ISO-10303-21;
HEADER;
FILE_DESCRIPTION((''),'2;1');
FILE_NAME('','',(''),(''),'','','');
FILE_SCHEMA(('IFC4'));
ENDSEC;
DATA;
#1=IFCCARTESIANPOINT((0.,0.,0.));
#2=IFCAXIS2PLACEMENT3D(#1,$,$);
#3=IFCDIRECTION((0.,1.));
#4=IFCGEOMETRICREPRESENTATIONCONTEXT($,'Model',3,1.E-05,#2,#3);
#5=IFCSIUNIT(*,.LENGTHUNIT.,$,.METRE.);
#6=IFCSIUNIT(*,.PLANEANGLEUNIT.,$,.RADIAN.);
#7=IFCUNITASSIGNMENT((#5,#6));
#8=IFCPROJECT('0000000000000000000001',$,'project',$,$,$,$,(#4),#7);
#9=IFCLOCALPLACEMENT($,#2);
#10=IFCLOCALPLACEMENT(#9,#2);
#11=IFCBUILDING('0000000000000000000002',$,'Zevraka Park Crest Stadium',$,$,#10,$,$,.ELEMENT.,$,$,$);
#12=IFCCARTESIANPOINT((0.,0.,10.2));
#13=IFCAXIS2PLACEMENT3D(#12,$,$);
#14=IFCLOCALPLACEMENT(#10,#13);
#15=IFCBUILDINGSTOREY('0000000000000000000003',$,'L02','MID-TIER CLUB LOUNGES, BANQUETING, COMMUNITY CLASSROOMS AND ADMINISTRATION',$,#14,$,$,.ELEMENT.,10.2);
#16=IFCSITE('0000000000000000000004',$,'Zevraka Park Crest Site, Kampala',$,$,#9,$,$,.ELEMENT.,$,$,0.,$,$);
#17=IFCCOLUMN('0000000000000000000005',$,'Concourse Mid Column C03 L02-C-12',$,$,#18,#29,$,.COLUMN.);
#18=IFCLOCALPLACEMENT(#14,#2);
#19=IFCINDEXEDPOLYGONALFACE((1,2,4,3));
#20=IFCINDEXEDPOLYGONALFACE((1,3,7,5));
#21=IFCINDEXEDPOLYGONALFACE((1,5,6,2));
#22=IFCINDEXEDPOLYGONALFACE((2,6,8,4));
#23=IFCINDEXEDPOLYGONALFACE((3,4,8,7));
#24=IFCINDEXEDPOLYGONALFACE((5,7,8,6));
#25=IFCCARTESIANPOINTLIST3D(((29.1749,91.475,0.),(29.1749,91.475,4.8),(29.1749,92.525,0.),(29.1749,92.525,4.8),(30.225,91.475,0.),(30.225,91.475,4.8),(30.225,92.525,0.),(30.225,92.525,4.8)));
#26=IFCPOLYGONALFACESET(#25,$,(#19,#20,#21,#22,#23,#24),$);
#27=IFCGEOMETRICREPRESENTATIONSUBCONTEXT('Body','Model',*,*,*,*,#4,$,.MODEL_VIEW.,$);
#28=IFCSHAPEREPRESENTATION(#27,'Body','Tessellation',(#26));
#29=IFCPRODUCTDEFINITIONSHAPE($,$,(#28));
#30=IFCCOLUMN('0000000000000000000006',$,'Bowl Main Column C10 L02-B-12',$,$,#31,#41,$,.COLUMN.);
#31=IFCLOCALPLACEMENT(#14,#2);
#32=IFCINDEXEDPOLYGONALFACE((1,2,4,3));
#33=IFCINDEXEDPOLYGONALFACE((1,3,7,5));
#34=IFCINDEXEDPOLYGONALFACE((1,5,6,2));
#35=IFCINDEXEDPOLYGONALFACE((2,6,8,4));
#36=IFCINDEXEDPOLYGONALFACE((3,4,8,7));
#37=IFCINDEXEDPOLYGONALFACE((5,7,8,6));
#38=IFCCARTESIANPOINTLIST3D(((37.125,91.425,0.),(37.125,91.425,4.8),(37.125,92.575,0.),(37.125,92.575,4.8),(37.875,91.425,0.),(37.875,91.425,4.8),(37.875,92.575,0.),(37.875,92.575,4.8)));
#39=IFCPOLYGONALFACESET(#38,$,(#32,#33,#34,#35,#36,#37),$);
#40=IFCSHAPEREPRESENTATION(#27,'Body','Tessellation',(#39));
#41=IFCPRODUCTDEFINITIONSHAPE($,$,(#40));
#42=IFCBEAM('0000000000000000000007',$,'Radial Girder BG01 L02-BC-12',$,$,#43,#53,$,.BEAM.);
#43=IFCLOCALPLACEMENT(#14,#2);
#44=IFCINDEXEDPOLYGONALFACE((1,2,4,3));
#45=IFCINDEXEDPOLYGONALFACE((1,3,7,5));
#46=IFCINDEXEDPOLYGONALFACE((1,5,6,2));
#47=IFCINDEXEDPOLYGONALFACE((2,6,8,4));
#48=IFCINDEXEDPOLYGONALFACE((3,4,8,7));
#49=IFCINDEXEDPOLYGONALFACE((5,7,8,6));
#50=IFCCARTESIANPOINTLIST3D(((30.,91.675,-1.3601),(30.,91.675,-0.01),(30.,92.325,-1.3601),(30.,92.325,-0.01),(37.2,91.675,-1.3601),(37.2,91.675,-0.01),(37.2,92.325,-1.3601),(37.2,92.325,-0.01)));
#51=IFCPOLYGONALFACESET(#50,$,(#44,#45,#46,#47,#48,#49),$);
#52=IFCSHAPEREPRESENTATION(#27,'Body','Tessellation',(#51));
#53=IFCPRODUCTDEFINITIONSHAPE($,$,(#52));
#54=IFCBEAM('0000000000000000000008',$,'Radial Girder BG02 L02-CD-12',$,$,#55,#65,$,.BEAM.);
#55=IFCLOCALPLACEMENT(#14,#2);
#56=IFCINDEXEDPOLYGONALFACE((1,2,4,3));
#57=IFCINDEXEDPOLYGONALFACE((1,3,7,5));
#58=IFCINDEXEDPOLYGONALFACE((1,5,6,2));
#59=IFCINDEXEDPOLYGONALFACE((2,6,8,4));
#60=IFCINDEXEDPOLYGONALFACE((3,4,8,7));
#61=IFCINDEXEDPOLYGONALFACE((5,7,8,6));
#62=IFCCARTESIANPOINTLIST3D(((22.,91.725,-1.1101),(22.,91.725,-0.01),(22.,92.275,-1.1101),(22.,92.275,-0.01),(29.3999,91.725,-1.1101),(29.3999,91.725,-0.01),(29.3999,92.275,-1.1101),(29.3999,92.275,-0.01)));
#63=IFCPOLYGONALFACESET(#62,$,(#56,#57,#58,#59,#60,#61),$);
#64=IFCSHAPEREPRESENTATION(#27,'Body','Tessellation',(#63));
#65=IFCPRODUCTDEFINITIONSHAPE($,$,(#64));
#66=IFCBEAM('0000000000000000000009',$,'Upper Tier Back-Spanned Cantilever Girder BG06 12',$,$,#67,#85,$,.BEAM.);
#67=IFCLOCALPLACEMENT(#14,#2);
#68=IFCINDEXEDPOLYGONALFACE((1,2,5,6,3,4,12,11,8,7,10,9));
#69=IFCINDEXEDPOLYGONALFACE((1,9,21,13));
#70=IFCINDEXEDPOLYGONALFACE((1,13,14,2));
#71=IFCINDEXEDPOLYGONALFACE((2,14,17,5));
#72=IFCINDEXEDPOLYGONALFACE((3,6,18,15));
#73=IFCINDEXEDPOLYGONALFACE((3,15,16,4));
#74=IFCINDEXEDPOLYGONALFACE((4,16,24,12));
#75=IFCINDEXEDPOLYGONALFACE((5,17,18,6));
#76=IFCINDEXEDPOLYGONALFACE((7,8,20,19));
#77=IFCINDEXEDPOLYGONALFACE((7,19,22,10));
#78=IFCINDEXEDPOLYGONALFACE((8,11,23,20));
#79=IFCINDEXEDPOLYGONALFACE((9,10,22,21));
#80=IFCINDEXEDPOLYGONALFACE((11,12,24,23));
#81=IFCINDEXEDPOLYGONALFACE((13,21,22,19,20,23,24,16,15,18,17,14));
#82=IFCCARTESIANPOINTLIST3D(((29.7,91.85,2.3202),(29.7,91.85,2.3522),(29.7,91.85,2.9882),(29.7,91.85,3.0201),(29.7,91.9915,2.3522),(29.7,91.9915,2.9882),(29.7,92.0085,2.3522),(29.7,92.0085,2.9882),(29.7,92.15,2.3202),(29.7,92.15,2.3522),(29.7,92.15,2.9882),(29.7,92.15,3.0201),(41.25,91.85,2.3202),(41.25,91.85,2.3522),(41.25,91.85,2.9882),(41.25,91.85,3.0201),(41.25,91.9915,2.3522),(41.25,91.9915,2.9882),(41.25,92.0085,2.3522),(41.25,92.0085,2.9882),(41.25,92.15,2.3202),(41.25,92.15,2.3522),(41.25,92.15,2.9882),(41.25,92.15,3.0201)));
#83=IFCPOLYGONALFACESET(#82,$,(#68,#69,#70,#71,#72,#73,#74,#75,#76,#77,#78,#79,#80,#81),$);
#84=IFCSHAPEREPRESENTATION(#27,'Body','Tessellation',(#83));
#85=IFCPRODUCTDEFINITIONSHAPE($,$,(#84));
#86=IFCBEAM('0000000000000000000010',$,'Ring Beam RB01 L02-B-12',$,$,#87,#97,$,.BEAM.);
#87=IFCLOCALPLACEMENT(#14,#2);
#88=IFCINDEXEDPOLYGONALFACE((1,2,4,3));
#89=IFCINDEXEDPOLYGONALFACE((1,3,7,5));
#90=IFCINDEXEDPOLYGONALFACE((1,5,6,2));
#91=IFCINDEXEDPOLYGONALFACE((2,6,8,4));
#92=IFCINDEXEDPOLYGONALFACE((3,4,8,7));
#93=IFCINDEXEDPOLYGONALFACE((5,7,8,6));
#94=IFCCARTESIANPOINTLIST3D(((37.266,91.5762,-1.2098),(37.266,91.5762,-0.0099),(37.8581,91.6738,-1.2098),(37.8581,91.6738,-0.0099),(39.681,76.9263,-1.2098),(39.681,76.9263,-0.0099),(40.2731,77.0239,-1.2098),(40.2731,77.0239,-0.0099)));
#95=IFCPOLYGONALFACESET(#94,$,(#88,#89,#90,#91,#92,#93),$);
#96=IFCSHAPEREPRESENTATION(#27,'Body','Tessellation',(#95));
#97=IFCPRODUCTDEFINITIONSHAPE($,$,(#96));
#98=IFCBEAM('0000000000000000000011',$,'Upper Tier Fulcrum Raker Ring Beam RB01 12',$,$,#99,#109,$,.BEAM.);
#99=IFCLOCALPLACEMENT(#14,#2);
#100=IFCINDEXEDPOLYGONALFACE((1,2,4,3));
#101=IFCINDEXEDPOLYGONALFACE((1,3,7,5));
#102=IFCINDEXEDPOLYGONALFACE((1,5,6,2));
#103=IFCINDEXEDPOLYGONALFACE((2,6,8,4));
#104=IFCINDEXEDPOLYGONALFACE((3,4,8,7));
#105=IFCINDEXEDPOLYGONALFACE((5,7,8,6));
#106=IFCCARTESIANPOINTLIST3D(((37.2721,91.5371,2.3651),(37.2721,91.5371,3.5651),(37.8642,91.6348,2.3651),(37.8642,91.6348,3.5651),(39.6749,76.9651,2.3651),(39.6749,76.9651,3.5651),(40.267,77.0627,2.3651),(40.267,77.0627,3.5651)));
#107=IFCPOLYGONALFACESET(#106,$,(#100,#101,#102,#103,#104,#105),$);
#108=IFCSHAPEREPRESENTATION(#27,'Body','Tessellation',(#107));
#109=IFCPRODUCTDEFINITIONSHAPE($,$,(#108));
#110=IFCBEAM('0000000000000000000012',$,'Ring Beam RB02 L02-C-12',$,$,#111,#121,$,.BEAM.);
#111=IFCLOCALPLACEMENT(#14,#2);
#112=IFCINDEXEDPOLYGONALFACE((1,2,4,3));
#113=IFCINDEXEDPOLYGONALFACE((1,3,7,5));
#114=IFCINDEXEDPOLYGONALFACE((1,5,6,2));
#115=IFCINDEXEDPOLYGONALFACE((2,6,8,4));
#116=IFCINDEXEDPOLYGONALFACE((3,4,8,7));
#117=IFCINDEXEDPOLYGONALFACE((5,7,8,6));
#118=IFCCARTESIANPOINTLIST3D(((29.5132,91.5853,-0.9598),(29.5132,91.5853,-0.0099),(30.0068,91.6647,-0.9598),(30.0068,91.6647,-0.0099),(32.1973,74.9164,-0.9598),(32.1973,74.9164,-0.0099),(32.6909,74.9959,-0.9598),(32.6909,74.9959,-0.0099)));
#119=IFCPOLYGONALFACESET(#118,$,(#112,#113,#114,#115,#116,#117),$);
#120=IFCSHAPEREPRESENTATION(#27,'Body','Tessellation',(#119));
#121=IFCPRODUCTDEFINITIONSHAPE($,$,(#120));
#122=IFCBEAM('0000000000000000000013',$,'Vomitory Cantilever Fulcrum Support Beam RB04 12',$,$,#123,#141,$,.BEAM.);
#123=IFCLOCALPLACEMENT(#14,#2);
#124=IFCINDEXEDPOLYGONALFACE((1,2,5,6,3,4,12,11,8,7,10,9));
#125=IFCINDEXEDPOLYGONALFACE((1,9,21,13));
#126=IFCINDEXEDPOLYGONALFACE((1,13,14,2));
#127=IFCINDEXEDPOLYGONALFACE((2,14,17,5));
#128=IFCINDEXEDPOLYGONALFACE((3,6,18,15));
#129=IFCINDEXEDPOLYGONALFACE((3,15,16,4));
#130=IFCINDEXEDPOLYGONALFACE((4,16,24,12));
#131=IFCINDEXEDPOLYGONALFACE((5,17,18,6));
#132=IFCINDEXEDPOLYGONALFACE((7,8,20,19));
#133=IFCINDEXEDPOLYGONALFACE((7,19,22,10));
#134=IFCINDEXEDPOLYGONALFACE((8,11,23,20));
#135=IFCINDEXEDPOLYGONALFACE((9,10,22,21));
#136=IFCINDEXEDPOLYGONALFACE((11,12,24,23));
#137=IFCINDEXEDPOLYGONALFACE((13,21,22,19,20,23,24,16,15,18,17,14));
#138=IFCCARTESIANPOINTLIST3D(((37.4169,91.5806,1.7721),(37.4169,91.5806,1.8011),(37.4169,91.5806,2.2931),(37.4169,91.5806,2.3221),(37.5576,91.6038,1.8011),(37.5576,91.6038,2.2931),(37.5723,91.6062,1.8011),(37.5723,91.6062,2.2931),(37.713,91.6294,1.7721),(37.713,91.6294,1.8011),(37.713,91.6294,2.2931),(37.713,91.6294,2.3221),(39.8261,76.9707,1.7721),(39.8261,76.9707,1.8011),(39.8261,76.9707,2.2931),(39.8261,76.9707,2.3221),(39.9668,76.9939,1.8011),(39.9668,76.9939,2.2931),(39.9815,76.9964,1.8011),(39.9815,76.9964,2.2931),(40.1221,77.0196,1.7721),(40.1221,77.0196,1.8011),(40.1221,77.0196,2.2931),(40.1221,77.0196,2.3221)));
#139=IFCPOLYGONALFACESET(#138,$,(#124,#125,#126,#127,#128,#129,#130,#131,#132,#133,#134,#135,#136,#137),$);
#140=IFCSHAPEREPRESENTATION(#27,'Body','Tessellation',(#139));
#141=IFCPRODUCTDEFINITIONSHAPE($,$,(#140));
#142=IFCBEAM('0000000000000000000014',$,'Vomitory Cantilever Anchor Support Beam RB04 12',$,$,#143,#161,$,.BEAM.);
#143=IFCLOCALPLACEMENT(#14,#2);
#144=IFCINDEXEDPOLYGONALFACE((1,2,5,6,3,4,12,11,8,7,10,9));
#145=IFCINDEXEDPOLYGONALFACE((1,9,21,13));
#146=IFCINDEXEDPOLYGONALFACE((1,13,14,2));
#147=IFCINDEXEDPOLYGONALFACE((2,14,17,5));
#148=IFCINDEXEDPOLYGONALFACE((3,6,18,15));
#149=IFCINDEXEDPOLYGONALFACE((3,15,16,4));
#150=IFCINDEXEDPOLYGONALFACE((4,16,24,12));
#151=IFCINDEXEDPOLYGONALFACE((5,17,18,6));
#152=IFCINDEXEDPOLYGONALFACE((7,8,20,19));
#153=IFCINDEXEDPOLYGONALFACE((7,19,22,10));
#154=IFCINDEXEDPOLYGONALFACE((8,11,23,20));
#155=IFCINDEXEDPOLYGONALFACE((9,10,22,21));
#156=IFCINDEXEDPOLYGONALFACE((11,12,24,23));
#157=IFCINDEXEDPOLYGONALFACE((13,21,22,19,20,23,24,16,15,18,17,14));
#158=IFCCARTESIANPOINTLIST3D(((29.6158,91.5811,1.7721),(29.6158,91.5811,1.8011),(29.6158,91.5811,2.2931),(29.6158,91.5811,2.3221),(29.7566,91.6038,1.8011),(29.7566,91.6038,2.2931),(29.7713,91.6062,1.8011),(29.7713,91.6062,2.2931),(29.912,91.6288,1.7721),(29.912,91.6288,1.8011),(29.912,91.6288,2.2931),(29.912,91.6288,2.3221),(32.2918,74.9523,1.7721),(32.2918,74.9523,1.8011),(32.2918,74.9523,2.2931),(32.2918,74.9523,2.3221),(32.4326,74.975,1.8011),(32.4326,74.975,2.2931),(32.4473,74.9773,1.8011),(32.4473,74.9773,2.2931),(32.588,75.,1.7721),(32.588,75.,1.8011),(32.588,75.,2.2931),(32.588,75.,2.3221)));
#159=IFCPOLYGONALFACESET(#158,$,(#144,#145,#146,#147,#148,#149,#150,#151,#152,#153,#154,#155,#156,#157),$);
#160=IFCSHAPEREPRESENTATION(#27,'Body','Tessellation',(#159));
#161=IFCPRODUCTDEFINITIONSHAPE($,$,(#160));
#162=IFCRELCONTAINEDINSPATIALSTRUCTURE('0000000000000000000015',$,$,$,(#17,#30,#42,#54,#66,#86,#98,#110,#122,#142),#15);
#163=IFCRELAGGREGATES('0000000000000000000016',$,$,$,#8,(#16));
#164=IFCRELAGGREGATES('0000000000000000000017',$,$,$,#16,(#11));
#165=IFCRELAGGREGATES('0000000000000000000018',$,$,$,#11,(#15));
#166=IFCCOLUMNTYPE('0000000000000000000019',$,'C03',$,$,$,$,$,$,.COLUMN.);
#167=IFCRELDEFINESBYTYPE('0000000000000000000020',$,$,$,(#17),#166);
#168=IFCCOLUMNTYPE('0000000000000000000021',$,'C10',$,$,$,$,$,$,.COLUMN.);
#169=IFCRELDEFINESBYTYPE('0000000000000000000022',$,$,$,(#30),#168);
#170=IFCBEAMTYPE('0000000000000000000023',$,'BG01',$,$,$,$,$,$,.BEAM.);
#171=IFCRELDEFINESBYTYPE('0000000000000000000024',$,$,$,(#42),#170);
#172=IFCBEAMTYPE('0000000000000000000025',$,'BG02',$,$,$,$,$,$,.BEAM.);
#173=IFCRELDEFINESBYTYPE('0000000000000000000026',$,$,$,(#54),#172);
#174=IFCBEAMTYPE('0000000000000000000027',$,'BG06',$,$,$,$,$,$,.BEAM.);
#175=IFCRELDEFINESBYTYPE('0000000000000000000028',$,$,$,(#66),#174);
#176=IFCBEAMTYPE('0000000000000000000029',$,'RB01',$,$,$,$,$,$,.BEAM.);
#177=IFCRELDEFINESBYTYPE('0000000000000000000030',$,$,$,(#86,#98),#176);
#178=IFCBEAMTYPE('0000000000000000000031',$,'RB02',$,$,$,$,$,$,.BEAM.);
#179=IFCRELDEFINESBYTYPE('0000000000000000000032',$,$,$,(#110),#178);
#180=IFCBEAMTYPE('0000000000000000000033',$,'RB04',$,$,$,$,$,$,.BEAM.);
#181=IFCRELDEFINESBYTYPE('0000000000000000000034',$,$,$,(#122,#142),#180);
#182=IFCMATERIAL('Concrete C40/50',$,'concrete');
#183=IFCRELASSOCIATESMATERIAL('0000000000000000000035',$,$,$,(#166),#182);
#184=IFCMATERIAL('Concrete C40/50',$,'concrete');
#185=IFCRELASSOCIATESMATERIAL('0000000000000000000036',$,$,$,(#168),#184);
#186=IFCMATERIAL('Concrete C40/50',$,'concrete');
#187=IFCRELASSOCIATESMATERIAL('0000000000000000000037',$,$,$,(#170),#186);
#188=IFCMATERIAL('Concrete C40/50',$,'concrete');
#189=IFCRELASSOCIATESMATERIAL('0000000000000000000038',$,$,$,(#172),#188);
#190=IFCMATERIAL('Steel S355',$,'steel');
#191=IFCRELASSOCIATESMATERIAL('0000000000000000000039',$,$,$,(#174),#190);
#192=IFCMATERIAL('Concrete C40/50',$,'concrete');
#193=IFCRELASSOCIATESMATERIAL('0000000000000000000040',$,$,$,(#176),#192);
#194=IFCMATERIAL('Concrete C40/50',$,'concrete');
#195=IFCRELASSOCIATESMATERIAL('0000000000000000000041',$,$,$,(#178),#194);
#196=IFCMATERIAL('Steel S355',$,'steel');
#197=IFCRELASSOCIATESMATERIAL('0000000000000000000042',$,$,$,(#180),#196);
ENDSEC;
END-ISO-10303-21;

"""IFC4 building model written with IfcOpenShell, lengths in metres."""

from ifc_helpers import new_model, si_unit, direction, frame, origin, origin_2d, place, context, subcontext, project, spatial, rectangle, i_section, extrude, material, material_profile, profile_set, type_object, element, save


model = new_model("IFC4")

# Units and contexts
model_context = context("Model", 3, precision=1e-05, world=origin(), true_north=direction((0.0, 1.0)))
body_context = subcontext(model_context, "Body", "Model", "MODEL_VIEW")
ifc_project = project(units=[si_unit("LENGTHUNIT", "METRE"), si_unit("PLANEANGLEUNIT", "RADIAN")], contexts=[model_context])

# Site, building, storey
site_placement = place(None, origin())
site = spatial("IfcSite", under=ifc_project, at=site_placement, Name="Zevraka Park Crest Site, Kampala", CompositionType="ELEMENT", RefElevation=0.0)
building_placement = place(site_placement, origin())
building = spatial("IfcBuilding", under=site, at=building_placement, Name="Zevraka Park Crest Stadium", CompositionType="ELEMENT")
storey_placement = place(building_placement, frame((0.0, 0.0, 10.2)))
storey = spatial("IfcBuildingStorey", under=building, at=storey_placement, Name="L02", Description="MID-TIER CLUB LOUNGES, BANQUETING, COMMUNITY CLASSROOMS AND ADMINISTRATION", CompositionType="ELEMENT", Elevation=10.2)

# Columns
ifc_material_1 = material(Name="Concrete C40/50", Category="concrete")
ifc_material_profile_1 = material_profile(ifc_material_1, rectangle(XDim=1.05, YDim=1.05, at=origin_2d()), Name="RC 1050x1050")
ifc_profile_set_1 = profile_set([ifc_material_profile_1], Name="Concrete C40/50")
column_type_1 = type_object("IfcColumnType", Name="C03", PredefinedType="COLUMN", material=ifc_profile_set_1)
column_1_placement = place(storey_placement, frame((29.7, 92.0, 0.0), z_axis=(0.0, 0.0, 1.0), x_axis=(1.0, 0.0, 0.0)))
element("IfcColumn", 1, at=column_1_placement, inside=storey, type_object=column_type_1, Name="Concourse Mid Column C03 L02-C-12", PredefinedType="COLUMN", context=body_context, shape_type="SweptSolid", body=[
    extrude(rectangle(XDim=1.05, YDim=1.05, at=origin_2d()), origin(), (0.0, 0.0, 1.0), 4.8),
])
ifc_material_2 = material(Name="Concrete C40/50", Category="concrete")
ifc_material_profile_2 = material_profile(ifc_material_2, rectangle(XDim=0.75, YDim=1.1499, at=origin_2d()), Name="RC 1150x750")
ifc_profile_set_2 = profile_set([ifc_material_profile_2], Name="Concrete C40/50")
column_type_2 = type_object("IfcColumnType", Name="C10", PredefinedType="COLUMN", material=ifc_profile_set_2)
column_2_placement = place(storey_placement, frame((37.5, 92.0, 0.0), z_axis=(0.0, 0.0, 1.0), x_axis=(1.0, 0.0, 0.0)))
element("IfcColumn", 2, at=column_2_placement, inside=storey, type_object=column_type_2, Name="Bowl Main Column C10 L02-B-12", PredefinedType="COLUMN", context=body_context, shape_type="SweptSolid", body=[
    extrude(rectangle(XDim=0.75, YDim=1.1499, at=origin_2d()), origin(), (0.0, 0.0, 1.0), 4.8),
])

# Beams
ifc_material_3 = material(Name="Concrete C40/50", Category="concrete")
ifc_material_profile_3 = material_profile(ifc_material_3, rectangle(XDim=0.6499, YDim=1.3501, at=origin_2d()), Name="RC 1350x650")
ifc_profile_set_3 = profile_set([ifc_material_profile_3], Name="Concrete C40/50")
beam_type_1 = type_object("IfcBeamType", Name="BG01", PredefinedType="BEAM", material=ifc_profile_set_3)
beam_1_placement = place(storey_placement, frame((37.2, 92.0, -0.6851), z_axis=(-1.0, 0.0, 0.0), x_axis=(0.0, -1.0, 0.0)))
element("IfcBeam", 3, at=beam_1_placement, inside=storey, type_object=beam_type_1, Name="Radial Girder BG01 L02-BC-12", PredefinedType="BEAM", context=body_context, shape_type="SweptSolid", body=[
    extrude(rectangle(XDim=0.6499, YDim=1.3501, at=origin_2d()), origin(), (0.0, 0.0, 1.0), 7.2),
])
ifc_material_4 = material(Name="Concrete C40/50", Category="concrete")
ifc_material_profile_4 = material_profile(ifc_material_4, rectangle(XDim=0.55, YDim=1.1001, at=origin_2d()), Name="RC 1100x550")
ifc_profile_set_4 = profile_set([ifc_material_profile_4], Name="Concrete C40/50")
beam_type_2 = type_object("IfcBeamType", Name="BG02", PredefinedType="BEAM", material=ifc_profile_set_4)
beam_2_placement = place(storey_placement, frame((29.3999, 92.0, -0.5601), z_axis=(-1.0, 0.0, 0.0), x_axis=(0.0, -1.0, 0.0)))
element("IfcBeam", 4, at=beam_2_placement, inside=storey, type_object=beam_type_2, Name="Radial Girder BG02 L02-CD-12", PredefinedType="BEAM", context=body_context, shape_type="SweptSolid", body=[
    extrude(rectangle(XDim=0.55, YDim=1.1001, at=origin_2d()), origin(), (0.0, 0.0, 1.0), 7.3999),
])
ifc_material_5 = material(Name="Steel S355", Category="steel")
ifc_material_profile_5 = material_profile(ifc_material_5, i_section(OverallWidth=0.3, OverallDepth=0.7, WebThickness=0.0171, FlangeThickness=0.032, at=origin_2d()), Name="HEB 700")
ifc_profile_set_5 = profile_set([ifc_material_profile_5], Name="Steel S355")
beam_type_3 = type_object("IfcBeamType", Name="BG06", PredefinedType="BEAM", material=ifc_profile_set_5)
beam_3_placement = place(storey_placement, frame((29.7, 92.0, 2.6702), z_axis=(1.0, 0.0, 0.0), x_axis=(0.0, 1.0, 0.0)))
element("IfcBeam", 5, at=beam_3_placement, inside=storey, type_object=beam_type_3, Name="Upper Tier Back-Spanned Cantilever Girder BG06 12", PredefinedType="BEAM", context=body_context, shape_type="SweptSolid", body=[
    extrude(i_section(OverallWidth=0.3, OverallDepth=0.7, WebThickness=0.0171, FlangeThickness=0.032, at=origin_2d()), origin(), (0.0, 0.0, 1.0), 11.55),
])
ifc_material_6 = material(Name="Concrete C40/50", Category="concrete")
ifc_material_profile_6 = material_profile(ifc_material_6, rectangle(XDim=0.6001, YDim=1.2, at=origin_2d()), Name="RC 1200x600")
ifc_profile_set_6 = profile_set([ifc_material_profile_6], Name="Concrete C40/50")
beam_type_4 = type_object("IfcBeamType", Name="RB01", PredefinedType="BEAM", material=ifc_profile_set_6)
beam_4_placement = place(storey_placement, frame((37.562, 91.625, -0.6099), z_axis=(0.162655, -0.986683, 0.0), x_axis=(0.986683, 0.162655, 0.0)))
element("IfcBeam", 6, at=beam_4_placement, inside=storey, type_object=beam_type_4, Name="Ring Beam RB01 L02-B-12", PredefinedType="BEAM", context=body_context, shape_type="SweptSolid", body=[
    extrude(rectangle(XDim=0.6001, YDim=1.2, at=origin_2d()), origin(), (0.0, 0.0, 1.0), 14.8477),
])
beam_5_placement = place(storey_placement, frame((37.5681, 91.5859, 2.9651), z_axis=(0.162697, -0.986676, 0.0), x_axis=(0.986676, 0.162697, 0.0)))
element("IfcBeam", 7, at=beam_5_placement, inside=storey, type_object=beam_type_4, Name="Upper Tier Fulcrum Raker Ring Beam RB01 12", PredefinedType="BEAM", context=body_context, shape_type="SweptSolid", body=[
    extrude(rectangle(XDim=0.6001, YDim=1.2, at=origin_2d()), origin(), (0.0, 0.0, 1.0), 14.7688),
])
ifc_material_7 = material(Name="Concrete C40/50", Category="concrete")
ifc_material_profile_7 = material_profile(ifc_material_7, rectangle(XDim=0.5, YDim=0.95, at=origin_2d()), Name="RC 950x500")
ifc_profile_set_7 = profile_set([ifc_material_profile_7], Name="Concrete C40/50")
beam_type_5 = type_object("IfcBeamType", Name="RB02", PredefinedType="BEAM", material=ifc_profile_set_7)
beam_6_placement = place(storey_placement, frame((29.76, 91.625, -0.4849), z_axis=(0.158975, -0.987283, 0.0), x_axis=(0.987283, 0.158975, 0.0)))
element("IfcBeam", 8, at=beam_6_placement, inside=storey, type_object=beam_type_5, Name="Ring Beam RB02 L02-C-12", PredefinedType="BEAM", context=body_context, shape_type="SweptSolid", body=[
    extrude(rectangle(XDim=0.5, YDim=0.95, at=origin_2d()), origin(), (0.0, 0.0, 1.0), 16.8835),
])
ifc_material_8 = material(Name="Steel S355", Category="steel")
ifc_material_profile_8 = material_profile(ifc_material_8, i_section(OverallWidth=0.3, OverallDepth=0.55, WebThickness=0.0149, FlangeThickness=0.0291, at=origin_2d()), Name="HEB 550")
ifc_profile_set_8 = profile_set([ifc_material_profile_8], Name="Steel S355")
beam_type_6 = type_object("IfcBeamType", Name="RB04", PredefinedType="BEAM", material=ifc_profile_set_8)
beam_7_placement = place(storey_placement, frame((37.5649, 91.605, 2.0471), z_axis=(0.162704, -0.986675, 0.0), x_axis=(0.986675, 0.162704, 0.0)))
element("IfcBeam", 9, at=beam_7_placement, inside=storey, type_object=beam_type_6, Name="Vomitory Cantilever Fulcrum Support Beam RB04 12", PredefinedType="BEAM", context=body_context, shape_type="SweptSolid", body=[
    extrude(i_section(OverallWidth=0.3, OverallDepth=0.55, WebThickness=0.0149, FlangeThickness=0.0291, at=origin_2d()), origin(), (0.0, 0.0, 1.0), 14.8071),
])
beam_8_placement = place(storey_placement, frame((29.7639, 91.605, 2.0471), z_axis=(0.158882, -0.987298, 0.0), x_axis=(0.987298, 0.158882, 0.0)))
element("IfcBeam", 10, at=beam_8_placement, inside=storey, type_object=beam_type_6, Name="Vomitory Cantilever Anchor Support Beam RB04 12", PredefinedType="BEAM", context=body_context, shape_type="SweptSolid", body=[
    extrude(i_section(OverallWidth=0.3, OverallDepth=0.55, WebThickness=0.0149, FlangeThickness=0.0291, at=origin_2d()), origin(), (0.0, 0.0, 1.0), 16.8428),
])

save(model, "model.ifc")
